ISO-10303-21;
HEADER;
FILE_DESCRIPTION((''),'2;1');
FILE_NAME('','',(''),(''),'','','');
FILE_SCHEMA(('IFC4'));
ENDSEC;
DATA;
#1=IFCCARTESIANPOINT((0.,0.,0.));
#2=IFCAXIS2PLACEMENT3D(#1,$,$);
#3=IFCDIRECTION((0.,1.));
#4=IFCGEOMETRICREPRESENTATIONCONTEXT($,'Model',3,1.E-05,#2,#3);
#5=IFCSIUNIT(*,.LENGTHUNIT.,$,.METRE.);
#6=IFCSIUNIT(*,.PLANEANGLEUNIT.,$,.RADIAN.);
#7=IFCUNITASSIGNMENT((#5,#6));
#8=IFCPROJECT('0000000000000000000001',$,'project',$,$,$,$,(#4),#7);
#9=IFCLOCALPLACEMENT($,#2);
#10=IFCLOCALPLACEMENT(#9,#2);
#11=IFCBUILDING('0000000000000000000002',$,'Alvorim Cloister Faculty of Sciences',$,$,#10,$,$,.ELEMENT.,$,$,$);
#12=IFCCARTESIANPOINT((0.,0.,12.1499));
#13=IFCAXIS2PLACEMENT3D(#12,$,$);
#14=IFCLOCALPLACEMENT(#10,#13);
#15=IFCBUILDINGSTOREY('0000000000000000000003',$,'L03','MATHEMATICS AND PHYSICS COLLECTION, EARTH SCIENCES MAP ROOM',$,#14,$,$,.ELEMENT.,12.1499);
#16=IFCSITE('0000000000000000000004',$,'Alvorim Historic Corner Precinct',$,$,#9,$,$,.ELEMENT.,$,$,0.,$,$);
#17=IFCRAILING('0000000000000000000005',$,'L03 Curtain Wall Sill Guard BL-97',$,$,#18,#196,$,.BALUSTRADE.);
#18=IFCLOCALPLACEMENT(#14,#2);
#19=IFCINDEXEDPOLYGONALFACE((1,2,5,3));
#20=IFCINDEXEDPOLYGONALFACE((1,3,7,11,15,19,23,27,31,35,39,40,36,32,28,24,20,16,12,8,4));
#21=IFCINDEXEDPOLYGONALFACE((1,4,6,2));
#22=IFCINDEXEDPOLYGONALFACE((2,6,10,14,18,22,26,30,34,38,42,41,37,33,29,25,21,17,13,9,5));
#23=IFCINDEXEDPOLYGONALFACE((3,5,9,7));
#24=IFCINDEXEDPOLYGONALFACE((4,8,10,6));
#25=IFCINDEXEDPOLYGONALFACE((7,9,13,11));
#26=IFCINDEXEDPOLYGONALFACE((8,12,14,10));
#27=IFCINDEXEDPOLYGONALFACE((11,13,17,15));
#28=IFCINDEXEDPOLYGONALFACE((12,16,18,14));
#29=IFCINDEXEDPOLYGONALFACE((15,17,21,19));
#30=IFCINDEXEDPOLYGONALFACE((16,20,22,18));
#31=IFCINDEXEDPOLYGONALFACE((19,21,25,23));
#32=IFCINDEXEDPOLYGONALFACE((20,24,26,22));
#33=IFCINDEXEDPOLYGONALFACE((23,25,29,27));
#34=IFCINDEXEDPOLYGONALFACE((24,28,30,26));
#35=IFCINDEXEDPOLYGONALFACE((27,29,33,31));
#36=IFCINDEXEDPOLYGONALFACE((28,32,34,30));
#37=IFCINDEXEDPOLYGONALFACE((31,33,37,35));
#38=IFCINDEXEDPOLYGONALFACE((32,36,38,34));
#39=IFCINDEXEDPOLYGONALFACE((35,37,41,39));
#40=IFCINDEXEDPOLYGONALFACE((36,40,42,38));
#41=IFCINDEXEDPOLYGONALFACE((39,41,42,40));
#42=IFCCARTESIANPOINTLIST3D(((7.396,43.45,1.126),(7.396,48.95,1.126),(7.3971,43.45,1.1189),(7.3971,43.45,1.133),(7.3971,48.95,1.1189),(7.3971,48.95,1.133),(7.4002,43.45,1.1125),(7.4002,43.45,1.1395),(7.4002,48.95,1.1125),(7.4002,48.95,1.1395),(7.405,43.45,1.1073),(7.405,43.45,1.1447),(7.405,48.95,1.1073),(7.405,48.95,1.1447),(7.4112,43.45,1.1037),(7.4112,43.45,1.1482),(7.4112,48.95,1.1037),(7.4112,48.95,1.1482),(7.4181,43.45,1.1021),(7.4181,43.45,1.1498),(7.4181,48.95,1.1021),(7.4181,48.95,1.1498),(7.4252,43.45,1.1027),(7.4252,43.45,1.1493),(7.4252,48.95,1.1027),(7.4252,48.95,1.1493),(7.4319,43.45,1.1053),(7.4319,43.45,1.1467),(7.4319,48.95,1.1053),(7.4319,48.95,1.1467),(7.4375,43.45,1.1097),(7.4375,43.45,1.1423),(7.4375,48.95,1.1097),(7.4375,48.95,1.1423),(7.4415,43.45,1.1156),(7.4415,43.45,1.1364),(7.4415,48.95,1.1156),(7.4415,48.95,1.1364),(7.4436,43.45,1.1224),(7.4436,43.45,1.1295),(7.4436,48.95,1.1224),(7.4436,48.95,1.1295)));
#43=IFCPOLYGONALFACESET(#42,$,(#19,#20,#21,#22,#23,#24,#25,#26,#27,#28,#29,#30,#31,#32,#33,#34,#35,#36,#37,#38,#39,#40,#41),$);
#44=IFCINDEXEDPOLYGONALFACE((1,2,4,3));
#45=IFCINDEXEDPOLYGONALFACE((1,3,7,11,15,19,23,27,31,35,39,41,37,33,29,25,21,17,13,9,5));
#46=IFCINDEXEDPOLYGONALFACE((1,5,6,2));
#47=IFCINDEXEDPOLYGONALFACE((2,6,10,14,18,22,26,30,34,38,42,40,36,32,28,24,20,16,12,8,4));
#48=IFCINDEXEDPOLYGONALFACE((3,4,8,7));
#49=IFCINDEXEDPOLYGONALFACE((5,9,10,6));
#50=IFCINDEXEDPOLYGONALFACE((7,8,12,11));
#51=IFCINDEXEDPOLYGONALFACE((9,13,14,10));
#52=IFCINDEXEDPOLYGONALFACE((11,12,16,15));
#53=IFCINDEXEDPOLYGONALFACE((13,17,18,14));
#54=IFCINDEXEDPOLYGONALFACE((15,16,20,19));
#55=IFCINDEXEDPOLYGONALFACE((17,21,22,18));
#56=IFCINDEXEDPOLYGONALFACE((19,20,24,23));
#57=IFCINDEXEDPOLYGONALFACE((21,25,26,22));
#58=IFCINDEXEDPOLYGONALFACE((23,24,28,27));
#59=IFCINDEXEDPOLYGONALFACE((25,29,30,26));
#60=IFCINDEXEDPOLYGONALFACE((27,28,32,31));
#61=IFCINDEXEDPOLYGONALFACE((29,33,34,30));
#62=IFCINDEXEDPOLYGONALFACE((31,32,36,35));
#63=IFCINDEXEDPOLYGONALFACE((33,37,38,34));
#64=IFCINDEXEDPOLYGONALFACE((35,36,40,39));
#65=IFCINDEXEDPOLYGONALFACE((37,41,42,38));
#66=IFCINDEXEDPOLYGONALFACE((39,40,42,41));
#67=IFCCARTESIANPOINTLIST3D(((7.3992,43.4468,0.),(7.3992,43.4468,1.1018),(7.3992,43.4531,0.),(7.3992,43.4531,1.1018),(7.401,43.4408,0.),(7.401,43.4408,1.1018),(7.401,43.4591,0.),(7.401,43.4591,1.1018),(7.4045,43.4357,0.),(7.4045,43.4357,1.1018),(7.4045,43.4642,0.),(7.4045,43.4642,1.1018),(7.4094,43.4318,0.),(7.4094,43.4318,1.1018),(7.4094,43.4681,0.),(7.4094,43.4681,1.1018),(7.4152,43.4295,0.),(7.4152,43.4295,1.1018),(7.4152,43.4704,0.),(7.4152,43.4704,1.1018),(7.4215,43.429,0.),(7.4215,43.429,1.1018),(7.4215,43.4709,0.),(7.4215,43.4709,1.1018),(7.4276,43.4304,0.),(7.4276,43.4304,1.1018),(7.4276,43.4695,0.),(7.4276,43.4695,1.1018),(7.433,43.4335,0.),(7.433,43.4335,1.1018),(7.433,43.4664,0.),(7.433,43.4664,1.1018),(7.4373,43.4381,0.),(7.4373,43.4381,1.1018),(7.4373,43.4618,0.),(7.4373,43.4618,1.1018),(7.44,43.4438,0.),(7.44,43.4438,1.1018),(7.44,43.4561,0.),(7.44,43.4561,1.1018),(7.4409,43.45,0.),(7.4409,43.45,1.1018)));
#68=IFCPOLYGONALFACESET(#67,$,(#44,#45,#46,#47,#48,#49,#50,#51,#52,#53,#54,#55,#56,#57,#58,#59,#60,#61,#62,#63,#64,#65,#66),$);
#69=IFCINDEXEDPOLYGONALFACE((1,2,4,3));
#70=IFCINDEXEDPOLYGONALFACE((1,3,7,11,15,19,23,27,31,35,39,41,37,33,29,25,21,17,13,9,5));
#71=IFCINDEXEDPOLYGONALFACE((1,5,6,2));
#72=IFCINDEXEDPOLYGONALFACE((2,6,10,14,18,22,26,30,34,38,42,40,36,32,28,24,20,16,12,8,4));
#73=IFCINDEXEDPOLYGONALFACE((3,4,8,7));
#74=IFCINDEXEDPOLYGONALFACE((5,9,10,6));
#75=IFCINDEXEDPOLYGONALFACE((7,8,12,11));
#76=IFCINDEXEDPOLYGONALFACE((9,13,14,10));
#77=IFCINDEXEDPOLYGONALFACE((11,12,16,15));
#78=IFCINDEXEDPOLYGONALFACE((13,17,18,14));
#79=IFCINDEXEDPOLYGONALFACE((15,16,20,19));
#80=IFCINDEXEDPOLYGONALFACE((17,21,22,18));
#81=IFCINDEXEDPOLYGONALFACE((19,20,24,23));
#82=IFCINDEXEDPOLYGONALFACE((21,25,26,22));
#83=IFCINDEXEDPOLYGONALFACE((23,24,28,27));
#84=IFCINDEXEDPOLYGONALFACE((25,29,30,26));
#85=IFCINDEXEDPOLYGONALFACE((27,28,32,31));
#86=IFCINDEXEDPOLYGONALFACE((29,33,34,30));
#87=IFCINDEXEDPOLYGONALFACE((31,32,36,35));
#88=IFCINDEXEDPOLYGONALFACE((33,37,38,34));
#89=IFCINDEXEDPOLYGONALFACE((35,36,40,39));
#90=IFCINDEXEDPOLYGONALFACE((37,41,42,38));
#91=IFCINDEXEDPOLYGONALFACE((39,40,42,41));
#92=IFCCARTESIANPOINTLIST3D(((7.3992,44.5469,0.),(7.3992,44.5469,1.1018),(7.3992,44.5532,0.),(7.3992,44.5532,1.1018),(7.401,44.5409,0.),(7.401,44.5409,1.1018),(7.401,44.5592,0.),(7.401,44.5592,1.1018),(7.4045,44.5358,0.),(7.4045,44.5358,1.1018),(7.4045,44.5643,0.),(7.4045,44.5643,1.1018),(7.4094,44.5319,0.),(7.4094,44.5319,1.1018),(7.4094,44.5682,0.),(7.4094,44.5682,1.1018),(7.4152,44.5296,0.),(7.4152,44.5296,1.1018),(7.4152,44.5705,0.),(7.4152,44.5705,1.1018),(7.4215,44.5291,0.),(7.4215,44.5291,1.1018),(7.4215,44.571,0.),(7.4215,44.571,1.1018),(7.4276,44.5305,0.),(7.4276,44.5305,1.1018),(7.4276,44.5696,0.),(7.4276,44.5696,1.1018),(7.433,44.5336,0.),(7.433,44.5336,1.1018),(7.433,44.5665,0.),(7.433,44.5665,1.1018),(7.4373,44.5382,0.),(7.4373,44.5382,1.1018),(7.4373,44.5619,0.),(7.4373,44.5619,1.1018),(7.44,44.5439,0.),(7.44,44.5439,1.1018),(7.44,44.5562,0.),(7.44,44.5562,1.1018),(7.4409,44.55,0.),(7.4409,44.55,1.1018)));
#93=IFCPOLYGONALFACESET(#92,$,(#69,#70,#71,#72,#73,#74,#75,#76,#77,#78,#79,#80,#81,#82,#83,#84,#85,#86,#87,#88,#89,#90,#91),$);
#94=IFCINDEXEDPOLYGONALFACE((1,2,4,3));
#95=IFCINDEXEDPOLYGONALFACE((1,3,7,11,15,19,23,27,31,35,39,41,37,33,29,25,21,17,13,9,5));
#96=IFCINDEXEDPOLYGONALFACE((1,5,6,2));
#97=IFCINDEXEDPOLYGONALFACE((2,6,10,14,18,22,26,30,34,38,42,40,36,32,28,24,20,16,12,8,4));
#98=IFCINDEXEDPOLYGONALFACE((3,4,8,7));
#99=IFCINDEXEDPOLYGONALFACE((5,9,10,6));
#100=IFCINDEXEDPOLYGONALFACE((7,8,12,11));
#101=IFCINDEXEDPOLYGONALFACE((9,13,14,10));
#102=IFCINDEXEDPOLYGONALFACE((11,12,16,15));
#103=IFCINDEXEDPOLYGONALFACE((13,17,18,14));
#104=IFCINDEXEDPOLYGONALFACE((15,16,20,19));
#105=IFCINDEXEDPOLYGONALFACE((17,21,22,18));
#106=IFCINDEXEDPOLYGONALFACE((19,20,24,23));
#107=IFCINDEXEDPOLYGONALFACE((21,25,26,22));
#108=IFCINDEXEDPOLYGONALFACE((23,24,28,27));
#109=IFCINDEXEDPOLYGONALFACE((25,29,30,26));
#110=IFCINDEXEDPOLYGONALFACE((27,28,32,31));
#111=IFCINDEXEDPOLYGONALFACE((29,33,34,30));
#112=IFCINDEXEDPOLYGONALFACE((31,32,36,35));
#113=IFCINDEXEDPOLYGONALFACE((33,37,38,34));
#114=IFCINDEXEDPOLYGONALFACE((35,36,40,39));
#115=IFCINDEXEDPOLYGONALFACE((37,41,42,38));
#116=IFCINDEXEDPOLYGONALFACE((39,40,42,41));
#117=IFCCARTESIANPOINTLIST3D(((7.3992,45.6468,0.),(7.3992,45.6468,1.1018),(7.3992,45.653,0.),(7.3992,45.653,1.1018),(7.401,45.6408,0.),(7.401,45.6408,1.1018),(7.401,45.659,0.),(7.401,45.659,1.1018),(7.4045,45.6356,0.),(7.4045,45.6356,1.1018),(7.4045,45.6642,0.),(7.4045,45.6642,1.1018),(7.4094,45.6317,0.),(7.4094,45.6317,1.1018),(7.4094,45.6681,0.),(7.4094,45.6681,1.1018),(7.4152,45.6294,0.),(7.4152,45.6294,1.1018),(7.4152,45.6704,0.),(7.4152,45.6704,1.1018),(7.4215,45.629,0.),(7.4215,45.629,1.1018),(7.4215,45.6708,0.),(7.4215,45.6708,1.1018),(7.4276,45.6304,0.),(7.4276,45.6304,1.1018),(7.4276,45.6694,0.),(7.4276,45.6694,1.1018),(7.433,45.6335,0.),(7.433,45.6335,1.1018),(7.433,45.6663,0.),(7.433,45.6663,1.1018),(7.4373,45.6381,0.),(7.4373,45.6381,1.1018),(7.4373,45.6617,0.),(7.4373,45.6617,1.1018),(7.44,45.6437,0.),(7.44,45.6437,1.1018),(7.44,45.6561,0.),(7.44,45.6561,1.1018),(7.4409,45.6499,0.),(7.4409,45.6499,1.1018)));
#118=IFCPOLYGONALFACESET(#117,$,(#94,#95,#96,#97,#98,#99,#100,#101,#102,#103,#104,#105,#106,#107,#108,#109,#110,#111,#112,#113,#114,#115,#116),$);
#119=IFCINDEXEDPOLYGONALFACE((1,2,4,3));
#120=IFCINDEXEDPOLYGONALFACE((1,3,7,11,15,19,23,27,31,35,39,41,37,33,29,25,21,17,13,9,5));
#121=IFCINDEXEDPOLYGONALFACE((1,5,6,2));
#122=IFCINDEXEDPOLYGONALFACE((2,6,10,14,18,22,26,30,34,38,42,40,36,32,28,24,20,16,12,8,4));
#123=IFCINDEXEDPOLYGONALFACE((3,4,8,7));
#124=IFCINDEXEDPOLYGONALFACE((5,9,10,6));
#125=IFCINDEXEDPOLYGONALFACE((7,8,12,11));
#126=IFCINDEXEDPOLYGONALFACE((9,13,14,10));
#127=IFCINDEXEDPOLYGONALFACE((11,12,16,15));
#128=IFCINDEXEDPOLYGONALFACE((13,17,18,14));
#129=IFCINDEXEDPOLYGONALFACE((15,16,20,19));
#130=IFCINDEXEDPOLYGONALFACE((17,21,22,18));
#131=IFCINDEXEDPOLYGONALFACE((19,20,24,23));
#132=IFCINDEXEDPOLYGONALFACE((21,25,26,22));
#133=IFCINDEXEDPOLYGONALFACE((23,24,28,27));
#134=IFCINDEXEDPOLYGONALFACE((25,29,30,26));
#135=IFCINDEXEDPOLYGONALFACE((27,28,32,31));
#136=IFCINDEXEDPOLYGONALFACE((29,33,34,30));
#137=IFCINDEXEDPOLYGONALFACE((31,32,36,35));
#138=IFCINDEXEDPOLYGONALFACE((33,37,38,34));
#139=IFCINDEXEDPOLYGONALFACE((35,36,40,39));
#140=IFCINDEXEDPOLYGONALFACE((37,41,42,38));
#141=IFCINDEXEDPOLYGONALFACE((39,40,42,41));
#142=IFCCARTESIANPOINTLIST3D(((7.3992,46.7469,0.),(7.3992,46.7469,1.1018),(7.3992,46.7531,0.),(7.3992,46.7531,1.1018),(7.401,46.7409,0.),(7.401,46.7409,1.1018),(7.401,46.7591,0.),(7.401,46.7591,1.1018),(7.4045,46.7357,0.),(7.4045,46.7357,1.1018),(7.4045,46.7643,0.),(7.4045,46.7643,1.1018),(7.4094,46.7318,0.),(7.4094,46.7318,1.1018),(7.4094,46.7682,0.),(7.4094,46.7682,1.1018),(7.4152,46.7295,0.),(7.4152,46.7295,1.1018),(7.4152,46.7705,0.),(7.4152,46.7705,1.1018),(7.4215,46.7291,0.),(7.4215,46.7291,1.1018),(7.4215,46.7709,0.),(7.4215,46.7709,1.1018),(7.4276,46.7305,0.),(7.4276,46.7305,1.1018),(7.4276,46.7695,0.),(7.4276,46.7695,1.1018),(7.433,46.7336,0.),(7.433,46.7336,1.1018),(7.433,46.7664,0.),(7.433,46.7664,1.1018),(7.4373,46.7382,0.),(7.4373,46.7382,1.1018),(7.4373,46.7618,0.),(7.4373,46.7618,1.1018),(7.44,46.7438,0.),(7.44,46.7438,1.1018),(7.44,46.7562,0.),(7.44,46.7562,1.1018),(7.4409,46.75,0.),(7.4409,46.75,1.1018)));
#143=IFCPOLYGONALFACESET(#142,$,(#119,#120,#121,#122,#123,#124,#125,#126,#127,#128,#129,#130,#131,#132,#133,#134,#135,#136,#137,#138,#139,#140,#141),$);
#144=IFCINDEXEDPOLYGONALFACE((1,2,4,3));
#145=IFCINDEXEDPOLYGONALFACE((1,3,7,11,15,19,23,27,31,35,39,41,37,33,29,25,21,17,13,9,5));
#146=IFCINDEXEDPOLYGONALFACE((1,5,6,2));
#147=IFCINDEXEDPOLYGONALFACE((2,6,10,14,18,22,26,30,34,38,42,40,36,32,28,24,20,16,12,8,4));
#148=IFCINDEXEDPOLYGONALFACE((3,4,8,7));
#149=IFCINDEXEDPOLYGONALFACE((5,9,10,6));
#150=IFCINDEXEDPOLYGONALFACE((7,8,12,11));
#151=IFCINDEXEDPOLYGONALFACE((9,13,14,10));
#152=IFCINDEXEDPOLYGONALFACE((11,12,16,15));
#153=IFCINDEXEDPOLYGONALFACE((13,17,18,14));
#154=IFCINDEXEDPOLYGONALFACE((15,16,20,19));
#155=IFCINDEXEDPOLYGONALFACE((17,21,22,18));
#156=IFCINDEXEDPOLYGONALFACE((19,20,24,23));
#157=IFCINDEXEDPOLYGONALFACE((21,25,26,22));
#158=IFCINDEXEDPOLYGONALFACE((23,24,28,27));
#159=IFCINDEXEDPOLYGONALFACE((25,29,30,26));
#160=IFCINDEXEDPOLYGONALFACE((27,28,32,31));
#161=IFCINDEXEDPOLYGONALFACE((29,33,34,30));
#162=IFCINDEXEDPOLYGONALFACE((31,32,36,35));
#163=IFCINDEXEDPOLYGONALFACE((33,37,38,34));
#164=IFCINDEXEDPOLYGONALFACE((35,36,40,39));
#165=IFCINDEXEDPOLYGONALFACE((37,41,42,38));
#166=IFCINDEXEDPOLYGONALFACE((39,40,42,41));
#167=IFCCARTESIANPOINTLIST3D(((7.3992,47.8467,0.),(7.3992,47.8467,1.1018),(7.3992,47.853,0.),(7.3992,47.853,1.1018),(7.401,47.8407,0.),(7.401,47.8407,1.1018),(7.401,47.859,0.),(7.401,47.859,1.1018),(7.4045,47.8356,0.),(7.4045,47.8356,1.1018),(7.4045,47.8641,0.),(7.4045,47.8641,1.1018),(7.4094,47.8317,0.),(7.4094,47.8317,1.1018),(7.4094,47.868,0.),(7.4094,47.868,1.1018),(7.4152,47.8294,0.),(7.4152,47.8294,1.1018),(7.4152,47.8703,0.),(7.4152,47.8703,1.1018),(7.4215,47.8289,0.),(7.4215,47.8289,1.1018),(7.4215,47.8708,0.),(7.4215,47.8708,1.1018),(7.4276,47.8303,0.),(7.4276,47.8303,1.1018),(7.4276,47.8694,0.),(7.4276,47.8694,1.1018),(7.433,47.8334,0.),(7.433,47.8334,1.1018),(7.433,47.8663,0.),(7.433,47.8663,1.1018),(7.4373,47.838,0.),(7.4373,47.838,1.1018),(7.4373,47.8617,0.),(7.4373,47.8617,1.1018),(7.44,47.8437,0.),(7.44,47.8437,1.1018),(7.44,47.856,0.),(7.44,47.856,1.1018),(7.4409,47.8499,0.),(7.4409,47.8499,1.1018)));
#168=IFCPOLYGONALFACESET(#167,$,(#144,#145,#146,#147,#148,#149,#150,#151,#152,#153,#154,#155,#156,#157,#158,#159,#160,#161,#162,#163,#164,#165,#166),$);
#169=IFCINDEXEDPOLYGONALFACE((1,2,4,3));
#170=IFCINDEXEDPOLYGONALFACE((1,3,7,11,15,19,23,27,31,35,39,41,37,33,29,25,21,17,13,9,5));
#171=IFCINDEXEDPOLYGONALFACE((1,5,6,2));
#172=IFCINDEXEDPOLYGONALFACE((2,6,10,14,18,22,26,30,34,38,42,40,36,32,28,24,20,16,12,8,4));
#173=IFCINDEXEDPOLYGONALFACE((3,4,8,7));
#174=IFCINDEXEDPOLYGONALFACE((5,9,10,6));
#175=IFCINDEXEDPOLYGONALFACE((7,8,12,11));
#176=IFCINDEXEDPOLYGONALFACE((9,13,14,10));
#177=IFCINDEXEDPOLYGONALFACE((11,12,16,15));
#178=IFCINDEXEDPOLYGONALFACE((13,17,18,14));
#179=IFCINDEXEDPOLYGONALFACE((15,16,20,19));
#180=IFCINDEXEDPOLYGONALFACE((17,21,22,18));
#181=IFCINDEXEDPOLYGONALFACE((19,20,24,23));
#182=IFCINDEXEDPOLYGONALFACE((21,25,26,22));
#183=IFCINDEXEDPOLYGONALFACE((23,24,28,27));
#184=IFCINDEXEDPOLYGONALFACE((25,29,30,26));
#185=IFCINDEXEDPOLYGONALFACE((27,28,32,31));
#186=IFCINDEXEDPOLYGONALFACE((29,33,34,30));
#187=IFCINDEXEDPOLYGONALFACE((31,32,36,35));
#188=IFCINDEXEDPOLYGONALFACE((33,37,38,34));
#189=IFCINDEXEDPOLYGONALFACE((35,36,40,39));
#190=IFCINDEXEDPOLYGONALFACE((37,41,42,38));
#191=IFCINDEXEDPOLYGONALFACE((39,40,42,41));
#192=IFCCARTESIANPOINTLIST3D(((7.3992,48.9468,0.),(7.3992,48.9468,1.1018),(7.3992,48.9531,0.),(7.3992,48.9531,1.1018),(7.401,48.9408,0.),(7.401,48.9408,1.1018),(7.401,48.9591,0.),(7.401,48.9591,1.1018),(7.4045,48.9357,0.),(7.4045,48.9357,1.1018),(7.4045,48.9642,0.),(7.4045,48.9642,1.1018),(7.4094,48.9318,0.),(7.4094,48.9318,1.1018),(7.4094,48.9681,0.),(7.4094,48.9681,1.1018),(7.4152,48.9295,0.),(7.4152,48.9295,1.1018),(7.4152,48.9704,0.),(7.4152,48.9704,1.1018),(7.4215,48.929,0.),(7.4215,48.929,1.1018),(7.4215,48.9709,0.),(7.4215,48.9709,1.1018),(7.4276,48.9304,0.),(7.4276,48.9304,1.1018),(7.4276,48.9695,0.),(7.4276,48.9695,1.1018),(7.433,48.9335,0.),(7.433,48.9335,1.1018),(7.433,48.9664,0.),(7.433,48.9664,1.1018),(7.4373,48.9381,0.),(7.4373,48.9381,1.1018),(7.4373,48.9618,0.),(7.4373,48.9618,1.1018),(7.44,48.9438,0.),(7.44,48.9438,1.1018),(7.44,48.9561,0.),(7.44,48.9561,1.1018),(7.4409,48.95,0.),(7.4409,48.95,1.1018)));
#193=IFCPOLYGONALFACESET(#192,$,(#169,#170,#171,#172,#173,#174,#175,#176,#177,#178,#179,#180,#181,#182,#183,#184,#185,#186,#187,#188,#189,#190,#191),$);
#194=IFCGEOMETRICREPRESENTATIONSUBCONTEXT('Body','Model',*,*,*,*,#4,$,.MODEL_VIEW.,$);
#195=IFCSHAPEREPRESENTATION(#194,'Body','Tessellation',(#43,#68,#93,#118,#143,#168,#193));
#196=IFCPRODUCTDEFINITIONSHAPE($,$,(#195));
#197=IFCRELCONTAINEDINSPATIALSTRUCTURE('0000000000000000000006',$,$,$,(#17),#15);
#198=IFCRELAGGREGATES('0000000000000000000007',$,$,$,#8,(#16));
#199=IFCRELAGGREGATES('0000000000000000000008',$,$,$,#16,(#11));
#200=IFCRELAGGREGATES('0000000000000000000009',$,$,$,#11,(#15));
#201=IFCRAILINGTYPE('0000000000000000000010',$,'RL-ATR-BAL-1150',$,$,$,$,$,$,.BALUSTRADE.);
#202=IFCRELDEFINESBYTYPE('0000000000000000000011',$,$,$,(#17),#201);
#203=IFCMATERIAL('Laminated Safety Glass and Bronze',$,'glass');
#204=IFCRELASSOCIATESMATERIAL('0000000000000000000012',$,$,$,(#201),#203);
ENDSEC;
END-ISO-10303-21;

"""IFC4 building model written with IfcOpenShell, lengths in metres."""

from ifc_helpers import new_model, si_unit, direction, frame, origin, origin_2d, place, context, subcontext, project, spatial, circle, extrude, material, type_object, element, save


model = new_model("IFC4")

# Units and contexts
model_context = context("Model", 3, precision=1e-05, world=origin(), true_north=direction((0.0, 1.0)))
body_context = subcontext(model_context, "Body", "Model", "MODEL_VIEW")
ifc_project = project(units=[si_unit("LENGTHUNIT", "METRE"), si_unit("PLANEANGLEUNIT", "RADIAN")], contexts=[model_context])

# Site, building, storey
site_placement = place(None, origin())
site = spatial("IfcSite", under=ifc_project, at=site_placement, Name="Alvorim Historic Corner Precinct", CompositionType="ELEMENT", RefElevation=0.0)
building_placement = place(site_placement, origin())
building = spatial("IfcBuilding", under=site, at=building_placement, Name="Alvorim Cloister Faculty of Sciences", CompositionType="ELEMENT")
storey_placement = place(building_placement, frame((0.0, 0.0, 12.1499)))
storey = spatial("IfcBuildingStorey", under=building, at=storey_placement, Name="L03", Description="MATHEMATICS AND PHYSICS COLLECTION, EARTH SCIENCES MAP ROOM", CompositionType="ELEMENT", Elevation=12.1499)

# Railing
ifc_material_1 = material(Name="Laminated Safety Glass and Bronze", Category="glass")
railing_type_1 = type_object("IfcRailingType", Name="RL-ATR-BAL-1150", PredefinedType="BALUSTRADE", material=ifc_material_1)
railing_1_placement = place(storey_placement, frame((7.4199, 43.45, 0.0)))
element("IfcRailing", 1, at=railing_1_placement, inside=storey, type_object=railing_type_1, Name="L03 Curtain Wall Sill Guard BL-97", PredefinedType="BALUSTRADE", context=body_context, shape_type="SweptSolid", body=[
    extrude(circle(Radius=0.0239, at=origin_2d()), frame((0.0, 0.0, 1.126), z_axis=(0.0, 1.0, 0.0), x_axis=(-1.0, 0.0, 0.0)), (0.0, 0.0, 1.0), 5.5),
    extrude(circle(Radius=0.021, at=origin_2d()), origin(), (0.0, 0.0, 1.0), 1.1018),
    extrude(circle(Radius=0.021, at=origin_2d()), frame((0.0, 1.1001, 0.0)), (0.0, 0.0, 1.0), 1.1018),
    extrude(circle(Radius=0.021, at=origin_2d()), frame((0.0, 2.2, 0.0)), (0.0, 0.0, 1.0), 1.1018),
    extrude(circle(Radius=0.021, at=origin_2d()), frame((0.0, 3.3, 0.0)), (0.0, 0.0, 1.0), 1.1018),
    extrude(circle(Radius=0.021, at=origin_2d()), frame((0.0, 4.3999, 0.0)), (0.0, 0.0, 1.0), 1.1018),
    extrude(circle(Radius=0.021, at=origin_2d()), frame((0.0, 5.5, 0.0)), (0.0, 0.0, 1.0), 1.1018),
])

save(model, "model.ifc")
